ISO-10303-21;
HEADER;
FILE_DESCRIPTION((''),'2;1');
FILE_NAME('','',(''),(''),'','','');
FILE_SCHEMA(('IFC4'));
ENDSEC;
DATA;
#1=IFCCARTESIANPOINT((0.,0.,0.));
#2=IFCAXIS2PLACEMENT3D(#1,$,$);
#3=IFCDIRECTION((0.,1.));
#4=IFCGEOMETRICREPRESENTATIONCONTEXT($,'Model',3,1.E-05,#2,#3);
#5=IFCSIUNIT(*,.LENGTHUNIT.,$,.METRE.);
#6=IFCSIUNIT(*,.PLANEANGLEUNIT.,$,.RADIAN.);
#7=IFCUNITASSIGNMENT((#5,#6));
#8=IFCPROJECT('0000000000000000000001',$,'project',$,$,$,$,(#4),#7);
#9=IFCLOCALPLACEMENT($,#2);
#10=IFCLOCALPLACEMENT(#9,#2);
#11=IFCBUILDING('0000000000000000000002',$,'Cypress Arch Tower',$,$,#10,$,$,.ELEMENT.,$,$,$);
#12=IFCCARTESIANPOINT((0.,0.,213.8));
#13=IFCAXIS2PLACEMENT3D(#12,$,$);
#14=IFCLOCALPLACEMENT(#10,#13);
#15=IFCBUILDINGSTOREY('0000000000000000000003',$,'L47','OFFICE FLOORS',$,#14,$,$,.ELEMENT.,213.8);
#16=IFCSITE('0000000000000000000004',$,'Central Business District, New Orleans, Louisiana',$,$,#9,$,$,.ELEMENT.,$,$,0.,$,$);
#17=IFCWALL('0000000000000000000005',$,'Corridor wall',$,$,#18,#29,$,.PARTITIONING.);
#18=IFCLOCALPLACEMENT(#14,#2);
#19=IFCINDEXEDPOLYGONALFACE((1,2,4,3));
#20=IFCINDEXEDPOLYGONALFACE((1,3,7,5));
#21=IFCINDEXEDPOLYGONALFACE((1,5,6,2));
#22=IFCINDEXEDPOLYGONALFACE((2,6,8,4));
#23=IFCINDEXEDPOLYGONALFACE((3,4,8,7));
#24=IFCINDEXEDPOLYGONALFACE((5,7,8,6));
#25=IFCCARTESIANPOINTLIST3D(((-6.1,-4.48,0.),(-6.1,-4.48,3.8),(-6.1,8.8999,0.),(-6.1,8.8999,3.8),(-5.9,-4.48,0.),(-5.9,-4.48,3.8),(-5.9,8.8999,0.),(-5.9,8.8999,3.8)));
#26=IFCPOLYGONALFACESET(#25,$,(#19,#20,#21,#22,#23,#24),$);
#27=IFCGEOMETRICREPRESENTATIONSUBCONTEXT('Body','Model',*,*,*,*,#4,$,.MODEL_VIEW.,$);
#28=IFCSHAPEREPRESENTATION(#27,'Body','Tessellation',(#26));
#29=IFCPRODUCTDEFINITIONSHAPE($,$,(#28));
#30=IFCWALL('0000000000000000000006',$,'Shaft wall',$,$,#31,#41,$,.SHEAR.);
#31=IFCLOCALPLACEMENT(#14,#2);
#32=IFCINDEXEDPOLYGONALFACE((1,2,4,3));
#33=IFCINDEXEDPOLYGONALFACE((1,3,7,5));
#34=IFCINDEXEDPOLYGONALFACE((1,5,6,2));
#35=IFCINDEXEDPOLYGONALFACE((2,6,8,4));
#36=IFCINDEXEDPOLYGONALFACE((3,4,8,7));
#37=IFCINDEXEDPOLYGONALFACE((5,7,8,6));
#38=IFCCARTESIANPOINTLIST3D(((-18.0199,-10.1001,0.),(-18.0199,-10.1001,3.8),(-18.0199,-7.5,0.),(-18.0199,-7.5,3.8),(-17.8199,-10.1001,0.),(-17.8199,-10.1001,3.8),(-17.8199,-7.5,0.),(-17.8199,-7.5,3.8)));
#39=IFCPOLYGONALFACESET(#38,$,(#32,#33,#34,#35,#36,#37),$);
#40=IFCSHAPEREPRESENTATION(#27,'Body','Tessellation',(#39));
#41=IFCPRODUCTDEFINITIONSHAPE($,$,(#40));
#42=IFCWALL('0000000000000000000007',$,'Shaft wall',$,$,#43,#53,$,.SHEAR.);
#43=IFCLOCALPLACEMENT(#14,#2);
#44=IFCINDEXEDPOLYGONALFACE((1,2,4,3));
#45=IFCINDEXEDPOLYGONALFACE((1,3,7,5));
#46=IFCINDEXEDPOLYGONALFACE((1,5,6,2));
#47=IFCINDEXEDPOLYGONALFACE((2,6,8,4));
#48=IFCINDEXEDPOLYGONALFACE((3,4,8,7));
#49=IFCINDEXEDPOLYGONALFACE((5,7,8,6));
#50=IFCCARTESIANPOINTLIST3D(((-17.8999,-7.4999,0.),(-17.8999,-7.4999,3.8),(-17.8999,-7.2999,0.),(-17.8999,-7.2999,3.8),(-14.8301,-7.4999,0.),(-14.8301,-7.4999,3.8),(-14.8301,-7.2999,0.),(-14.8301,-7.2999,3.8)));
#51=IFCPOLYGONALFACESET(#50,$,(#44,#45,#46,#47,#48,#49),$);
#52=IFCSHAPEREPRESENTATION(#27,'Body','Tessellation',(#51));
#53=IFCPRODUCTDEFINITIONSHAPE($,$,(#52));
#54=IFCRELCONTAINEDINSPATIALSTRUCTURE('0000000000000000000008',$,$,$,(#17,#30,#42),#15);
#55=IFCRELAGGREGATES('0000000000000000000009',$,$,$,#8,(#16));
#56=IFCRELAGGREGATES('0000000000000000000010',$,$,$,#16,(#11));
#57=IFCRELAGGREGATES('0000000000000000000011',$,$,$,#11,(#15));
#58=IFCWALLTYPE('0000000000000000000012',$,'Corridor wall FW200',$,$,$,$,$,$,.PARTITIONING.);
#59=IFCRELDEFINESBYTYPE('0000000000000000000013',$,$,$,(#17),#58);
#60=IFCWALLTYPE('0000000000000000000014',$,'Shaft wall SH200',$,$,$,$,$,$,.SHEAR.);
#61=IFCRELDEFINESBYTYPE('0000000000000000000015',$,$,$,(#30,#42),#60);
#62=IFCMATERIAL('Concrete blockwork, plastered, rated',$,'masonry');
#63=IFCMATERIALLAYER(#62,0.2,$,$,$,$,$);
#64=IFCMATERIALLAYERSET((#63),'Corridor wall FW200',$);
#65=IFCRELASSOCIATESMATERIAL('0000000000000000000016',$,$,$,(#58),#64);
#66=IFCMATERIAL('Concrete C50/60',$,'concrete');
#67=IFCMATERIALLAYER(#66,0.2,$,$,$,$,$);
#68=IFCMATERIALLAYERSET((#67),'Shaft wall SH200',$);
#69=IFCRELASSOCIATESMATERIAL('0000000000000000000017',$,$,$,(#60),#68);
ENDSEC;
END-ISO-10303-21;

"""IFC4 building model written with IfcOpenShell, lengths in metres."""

from ifc_helpers import new_model, si_unit, direction, frame, frame_2d, origin, place, context, subcontext, project, spatial, rectangle, extrude, material, layer, layer_set, type_object, element, save


model = new_model("IFC4")

# Units and contexts
model_context = context("Model", 3, precision=1e-05, world=origin(), true_north=direction((0.0, 1.0)))
body_context = subcontext(model_context, "Body", "Model", "MODEL_VIEW")
ifc_project = project(units=[si_unit("LENGTHUNIT", "METRE"), si_unit("PLANEANGLEUNIT", "RADIAN")], contexts=[model_context])

# Site, building, storey
site_placement = place(None, origin())
site = spatial("IfcSite", under=ifc_project, at=site_placement, Name="Central Business District, New Orleans, Louisiana", CompositionType="ELEMENT", RefElevation=0.0)
building_placement = place(site_placement, origin())
building = spatial("IfcBuilding", under=site, at=building_placement, Name="Cypress Arch Tower", CompositionType="ELEMENT")
storey_placement = place(building_placement, frame((0.0, 0.0, 213.8)))
storey = spatial("IfcBuildingStorey", under=building, at=storey_placement, Name="L47", Description="OFFICE FLOORS", CompositionType="ELEMENT", Elevation=213.8)

# Shared definitions
ifc_material_1 = material(Name="Concrete blockwork, plastered, rated", Category="masonry")
ifc_layer_1 = layer(ifc_material_1, 0.2)
ifc_layer_set_1 = layer_set([ifc_layer_1], Name="Corridor wall FW200")
wall_type_1 = type_object("IfcWallType", Name="Corridor wall FW200", PredefinedType="PARTITIONING", material=ifc_layer_set_1)

# Walls
wall_1_placement = place(storey_placement, frame((-6.0, -4.48, 0.0), z_axis=(0.0, 0.0, 1.0), x_axis=(0.0, 1.0, 0.0)))
element("IfcWall", 1, at=wall_1_placement, inside=storey, type_object=wall_type_1, Name="Corridor wall", PredefinedType="PARTITIONING", context=body_context, shape_type="SweptSolid", body=[
    extrude(rectangle(XDim=13.3799, YDim=0.2, at=frame_2d((6.6899, 0.0))), origin(), (0.0, 0.0, 1.0), 3.8),
])
ifc_material_2 = material(Name="Concrete C50/60", Category="concrete")
ifc_layer_2 = layer(ifc_material_2, 0.2)
ifc_layer_set_2 = layer_set([ifc_layer_2], Name="Shaft wall SH200")
wall_type_2 = type_object("IfcWallType", Name="Shaft wall SH200", PredefinedType="SHEAR", material=ifc_layer_set_2)
wall_2_placement = place(storey_placement, frame((-17.9199, -10.1001, 0.0), z_axis=(0.0, 0.0, 1.0), x_axis=(0.0, 1.0, 0.0)))
element("IfcWall", 2, at=wall_2_placement, inside=storey, type_object=wall_type_2, Name="Shaft wall", PredefinedType="SHEAR", context=body_context, shape_type="SweptSolid", body=[
    extrude(rectangle(XDim=2.6001, YDim=0.2, at=frame_2d((1.3, 0.0))), origin(), (0.0, 0.0, 1.0), 3.8),
])
wall_3_placement = place(storey_placement, frame((-17.8999, -7.3999, 0.0), z_axis=(0.0, 0.0, 1.0), x_axis=(1.0, 0.0, 0.0)))
element("IfcWall", 3, at=wall_3_placement, inside=storey, type_object=wall_type_2, Name="Shaft wall", PredefinedType="SHEAR", context=body_context, shape_type="SweptSolid", body=[
    extrude(rectangle(XDim=3.0698, YDim=0.2, at=frame_2d((1.5349, 0.0))), origin(), (0.0, 0.0, 1.0), 3.8),
])

save(model, "model.ifc")
